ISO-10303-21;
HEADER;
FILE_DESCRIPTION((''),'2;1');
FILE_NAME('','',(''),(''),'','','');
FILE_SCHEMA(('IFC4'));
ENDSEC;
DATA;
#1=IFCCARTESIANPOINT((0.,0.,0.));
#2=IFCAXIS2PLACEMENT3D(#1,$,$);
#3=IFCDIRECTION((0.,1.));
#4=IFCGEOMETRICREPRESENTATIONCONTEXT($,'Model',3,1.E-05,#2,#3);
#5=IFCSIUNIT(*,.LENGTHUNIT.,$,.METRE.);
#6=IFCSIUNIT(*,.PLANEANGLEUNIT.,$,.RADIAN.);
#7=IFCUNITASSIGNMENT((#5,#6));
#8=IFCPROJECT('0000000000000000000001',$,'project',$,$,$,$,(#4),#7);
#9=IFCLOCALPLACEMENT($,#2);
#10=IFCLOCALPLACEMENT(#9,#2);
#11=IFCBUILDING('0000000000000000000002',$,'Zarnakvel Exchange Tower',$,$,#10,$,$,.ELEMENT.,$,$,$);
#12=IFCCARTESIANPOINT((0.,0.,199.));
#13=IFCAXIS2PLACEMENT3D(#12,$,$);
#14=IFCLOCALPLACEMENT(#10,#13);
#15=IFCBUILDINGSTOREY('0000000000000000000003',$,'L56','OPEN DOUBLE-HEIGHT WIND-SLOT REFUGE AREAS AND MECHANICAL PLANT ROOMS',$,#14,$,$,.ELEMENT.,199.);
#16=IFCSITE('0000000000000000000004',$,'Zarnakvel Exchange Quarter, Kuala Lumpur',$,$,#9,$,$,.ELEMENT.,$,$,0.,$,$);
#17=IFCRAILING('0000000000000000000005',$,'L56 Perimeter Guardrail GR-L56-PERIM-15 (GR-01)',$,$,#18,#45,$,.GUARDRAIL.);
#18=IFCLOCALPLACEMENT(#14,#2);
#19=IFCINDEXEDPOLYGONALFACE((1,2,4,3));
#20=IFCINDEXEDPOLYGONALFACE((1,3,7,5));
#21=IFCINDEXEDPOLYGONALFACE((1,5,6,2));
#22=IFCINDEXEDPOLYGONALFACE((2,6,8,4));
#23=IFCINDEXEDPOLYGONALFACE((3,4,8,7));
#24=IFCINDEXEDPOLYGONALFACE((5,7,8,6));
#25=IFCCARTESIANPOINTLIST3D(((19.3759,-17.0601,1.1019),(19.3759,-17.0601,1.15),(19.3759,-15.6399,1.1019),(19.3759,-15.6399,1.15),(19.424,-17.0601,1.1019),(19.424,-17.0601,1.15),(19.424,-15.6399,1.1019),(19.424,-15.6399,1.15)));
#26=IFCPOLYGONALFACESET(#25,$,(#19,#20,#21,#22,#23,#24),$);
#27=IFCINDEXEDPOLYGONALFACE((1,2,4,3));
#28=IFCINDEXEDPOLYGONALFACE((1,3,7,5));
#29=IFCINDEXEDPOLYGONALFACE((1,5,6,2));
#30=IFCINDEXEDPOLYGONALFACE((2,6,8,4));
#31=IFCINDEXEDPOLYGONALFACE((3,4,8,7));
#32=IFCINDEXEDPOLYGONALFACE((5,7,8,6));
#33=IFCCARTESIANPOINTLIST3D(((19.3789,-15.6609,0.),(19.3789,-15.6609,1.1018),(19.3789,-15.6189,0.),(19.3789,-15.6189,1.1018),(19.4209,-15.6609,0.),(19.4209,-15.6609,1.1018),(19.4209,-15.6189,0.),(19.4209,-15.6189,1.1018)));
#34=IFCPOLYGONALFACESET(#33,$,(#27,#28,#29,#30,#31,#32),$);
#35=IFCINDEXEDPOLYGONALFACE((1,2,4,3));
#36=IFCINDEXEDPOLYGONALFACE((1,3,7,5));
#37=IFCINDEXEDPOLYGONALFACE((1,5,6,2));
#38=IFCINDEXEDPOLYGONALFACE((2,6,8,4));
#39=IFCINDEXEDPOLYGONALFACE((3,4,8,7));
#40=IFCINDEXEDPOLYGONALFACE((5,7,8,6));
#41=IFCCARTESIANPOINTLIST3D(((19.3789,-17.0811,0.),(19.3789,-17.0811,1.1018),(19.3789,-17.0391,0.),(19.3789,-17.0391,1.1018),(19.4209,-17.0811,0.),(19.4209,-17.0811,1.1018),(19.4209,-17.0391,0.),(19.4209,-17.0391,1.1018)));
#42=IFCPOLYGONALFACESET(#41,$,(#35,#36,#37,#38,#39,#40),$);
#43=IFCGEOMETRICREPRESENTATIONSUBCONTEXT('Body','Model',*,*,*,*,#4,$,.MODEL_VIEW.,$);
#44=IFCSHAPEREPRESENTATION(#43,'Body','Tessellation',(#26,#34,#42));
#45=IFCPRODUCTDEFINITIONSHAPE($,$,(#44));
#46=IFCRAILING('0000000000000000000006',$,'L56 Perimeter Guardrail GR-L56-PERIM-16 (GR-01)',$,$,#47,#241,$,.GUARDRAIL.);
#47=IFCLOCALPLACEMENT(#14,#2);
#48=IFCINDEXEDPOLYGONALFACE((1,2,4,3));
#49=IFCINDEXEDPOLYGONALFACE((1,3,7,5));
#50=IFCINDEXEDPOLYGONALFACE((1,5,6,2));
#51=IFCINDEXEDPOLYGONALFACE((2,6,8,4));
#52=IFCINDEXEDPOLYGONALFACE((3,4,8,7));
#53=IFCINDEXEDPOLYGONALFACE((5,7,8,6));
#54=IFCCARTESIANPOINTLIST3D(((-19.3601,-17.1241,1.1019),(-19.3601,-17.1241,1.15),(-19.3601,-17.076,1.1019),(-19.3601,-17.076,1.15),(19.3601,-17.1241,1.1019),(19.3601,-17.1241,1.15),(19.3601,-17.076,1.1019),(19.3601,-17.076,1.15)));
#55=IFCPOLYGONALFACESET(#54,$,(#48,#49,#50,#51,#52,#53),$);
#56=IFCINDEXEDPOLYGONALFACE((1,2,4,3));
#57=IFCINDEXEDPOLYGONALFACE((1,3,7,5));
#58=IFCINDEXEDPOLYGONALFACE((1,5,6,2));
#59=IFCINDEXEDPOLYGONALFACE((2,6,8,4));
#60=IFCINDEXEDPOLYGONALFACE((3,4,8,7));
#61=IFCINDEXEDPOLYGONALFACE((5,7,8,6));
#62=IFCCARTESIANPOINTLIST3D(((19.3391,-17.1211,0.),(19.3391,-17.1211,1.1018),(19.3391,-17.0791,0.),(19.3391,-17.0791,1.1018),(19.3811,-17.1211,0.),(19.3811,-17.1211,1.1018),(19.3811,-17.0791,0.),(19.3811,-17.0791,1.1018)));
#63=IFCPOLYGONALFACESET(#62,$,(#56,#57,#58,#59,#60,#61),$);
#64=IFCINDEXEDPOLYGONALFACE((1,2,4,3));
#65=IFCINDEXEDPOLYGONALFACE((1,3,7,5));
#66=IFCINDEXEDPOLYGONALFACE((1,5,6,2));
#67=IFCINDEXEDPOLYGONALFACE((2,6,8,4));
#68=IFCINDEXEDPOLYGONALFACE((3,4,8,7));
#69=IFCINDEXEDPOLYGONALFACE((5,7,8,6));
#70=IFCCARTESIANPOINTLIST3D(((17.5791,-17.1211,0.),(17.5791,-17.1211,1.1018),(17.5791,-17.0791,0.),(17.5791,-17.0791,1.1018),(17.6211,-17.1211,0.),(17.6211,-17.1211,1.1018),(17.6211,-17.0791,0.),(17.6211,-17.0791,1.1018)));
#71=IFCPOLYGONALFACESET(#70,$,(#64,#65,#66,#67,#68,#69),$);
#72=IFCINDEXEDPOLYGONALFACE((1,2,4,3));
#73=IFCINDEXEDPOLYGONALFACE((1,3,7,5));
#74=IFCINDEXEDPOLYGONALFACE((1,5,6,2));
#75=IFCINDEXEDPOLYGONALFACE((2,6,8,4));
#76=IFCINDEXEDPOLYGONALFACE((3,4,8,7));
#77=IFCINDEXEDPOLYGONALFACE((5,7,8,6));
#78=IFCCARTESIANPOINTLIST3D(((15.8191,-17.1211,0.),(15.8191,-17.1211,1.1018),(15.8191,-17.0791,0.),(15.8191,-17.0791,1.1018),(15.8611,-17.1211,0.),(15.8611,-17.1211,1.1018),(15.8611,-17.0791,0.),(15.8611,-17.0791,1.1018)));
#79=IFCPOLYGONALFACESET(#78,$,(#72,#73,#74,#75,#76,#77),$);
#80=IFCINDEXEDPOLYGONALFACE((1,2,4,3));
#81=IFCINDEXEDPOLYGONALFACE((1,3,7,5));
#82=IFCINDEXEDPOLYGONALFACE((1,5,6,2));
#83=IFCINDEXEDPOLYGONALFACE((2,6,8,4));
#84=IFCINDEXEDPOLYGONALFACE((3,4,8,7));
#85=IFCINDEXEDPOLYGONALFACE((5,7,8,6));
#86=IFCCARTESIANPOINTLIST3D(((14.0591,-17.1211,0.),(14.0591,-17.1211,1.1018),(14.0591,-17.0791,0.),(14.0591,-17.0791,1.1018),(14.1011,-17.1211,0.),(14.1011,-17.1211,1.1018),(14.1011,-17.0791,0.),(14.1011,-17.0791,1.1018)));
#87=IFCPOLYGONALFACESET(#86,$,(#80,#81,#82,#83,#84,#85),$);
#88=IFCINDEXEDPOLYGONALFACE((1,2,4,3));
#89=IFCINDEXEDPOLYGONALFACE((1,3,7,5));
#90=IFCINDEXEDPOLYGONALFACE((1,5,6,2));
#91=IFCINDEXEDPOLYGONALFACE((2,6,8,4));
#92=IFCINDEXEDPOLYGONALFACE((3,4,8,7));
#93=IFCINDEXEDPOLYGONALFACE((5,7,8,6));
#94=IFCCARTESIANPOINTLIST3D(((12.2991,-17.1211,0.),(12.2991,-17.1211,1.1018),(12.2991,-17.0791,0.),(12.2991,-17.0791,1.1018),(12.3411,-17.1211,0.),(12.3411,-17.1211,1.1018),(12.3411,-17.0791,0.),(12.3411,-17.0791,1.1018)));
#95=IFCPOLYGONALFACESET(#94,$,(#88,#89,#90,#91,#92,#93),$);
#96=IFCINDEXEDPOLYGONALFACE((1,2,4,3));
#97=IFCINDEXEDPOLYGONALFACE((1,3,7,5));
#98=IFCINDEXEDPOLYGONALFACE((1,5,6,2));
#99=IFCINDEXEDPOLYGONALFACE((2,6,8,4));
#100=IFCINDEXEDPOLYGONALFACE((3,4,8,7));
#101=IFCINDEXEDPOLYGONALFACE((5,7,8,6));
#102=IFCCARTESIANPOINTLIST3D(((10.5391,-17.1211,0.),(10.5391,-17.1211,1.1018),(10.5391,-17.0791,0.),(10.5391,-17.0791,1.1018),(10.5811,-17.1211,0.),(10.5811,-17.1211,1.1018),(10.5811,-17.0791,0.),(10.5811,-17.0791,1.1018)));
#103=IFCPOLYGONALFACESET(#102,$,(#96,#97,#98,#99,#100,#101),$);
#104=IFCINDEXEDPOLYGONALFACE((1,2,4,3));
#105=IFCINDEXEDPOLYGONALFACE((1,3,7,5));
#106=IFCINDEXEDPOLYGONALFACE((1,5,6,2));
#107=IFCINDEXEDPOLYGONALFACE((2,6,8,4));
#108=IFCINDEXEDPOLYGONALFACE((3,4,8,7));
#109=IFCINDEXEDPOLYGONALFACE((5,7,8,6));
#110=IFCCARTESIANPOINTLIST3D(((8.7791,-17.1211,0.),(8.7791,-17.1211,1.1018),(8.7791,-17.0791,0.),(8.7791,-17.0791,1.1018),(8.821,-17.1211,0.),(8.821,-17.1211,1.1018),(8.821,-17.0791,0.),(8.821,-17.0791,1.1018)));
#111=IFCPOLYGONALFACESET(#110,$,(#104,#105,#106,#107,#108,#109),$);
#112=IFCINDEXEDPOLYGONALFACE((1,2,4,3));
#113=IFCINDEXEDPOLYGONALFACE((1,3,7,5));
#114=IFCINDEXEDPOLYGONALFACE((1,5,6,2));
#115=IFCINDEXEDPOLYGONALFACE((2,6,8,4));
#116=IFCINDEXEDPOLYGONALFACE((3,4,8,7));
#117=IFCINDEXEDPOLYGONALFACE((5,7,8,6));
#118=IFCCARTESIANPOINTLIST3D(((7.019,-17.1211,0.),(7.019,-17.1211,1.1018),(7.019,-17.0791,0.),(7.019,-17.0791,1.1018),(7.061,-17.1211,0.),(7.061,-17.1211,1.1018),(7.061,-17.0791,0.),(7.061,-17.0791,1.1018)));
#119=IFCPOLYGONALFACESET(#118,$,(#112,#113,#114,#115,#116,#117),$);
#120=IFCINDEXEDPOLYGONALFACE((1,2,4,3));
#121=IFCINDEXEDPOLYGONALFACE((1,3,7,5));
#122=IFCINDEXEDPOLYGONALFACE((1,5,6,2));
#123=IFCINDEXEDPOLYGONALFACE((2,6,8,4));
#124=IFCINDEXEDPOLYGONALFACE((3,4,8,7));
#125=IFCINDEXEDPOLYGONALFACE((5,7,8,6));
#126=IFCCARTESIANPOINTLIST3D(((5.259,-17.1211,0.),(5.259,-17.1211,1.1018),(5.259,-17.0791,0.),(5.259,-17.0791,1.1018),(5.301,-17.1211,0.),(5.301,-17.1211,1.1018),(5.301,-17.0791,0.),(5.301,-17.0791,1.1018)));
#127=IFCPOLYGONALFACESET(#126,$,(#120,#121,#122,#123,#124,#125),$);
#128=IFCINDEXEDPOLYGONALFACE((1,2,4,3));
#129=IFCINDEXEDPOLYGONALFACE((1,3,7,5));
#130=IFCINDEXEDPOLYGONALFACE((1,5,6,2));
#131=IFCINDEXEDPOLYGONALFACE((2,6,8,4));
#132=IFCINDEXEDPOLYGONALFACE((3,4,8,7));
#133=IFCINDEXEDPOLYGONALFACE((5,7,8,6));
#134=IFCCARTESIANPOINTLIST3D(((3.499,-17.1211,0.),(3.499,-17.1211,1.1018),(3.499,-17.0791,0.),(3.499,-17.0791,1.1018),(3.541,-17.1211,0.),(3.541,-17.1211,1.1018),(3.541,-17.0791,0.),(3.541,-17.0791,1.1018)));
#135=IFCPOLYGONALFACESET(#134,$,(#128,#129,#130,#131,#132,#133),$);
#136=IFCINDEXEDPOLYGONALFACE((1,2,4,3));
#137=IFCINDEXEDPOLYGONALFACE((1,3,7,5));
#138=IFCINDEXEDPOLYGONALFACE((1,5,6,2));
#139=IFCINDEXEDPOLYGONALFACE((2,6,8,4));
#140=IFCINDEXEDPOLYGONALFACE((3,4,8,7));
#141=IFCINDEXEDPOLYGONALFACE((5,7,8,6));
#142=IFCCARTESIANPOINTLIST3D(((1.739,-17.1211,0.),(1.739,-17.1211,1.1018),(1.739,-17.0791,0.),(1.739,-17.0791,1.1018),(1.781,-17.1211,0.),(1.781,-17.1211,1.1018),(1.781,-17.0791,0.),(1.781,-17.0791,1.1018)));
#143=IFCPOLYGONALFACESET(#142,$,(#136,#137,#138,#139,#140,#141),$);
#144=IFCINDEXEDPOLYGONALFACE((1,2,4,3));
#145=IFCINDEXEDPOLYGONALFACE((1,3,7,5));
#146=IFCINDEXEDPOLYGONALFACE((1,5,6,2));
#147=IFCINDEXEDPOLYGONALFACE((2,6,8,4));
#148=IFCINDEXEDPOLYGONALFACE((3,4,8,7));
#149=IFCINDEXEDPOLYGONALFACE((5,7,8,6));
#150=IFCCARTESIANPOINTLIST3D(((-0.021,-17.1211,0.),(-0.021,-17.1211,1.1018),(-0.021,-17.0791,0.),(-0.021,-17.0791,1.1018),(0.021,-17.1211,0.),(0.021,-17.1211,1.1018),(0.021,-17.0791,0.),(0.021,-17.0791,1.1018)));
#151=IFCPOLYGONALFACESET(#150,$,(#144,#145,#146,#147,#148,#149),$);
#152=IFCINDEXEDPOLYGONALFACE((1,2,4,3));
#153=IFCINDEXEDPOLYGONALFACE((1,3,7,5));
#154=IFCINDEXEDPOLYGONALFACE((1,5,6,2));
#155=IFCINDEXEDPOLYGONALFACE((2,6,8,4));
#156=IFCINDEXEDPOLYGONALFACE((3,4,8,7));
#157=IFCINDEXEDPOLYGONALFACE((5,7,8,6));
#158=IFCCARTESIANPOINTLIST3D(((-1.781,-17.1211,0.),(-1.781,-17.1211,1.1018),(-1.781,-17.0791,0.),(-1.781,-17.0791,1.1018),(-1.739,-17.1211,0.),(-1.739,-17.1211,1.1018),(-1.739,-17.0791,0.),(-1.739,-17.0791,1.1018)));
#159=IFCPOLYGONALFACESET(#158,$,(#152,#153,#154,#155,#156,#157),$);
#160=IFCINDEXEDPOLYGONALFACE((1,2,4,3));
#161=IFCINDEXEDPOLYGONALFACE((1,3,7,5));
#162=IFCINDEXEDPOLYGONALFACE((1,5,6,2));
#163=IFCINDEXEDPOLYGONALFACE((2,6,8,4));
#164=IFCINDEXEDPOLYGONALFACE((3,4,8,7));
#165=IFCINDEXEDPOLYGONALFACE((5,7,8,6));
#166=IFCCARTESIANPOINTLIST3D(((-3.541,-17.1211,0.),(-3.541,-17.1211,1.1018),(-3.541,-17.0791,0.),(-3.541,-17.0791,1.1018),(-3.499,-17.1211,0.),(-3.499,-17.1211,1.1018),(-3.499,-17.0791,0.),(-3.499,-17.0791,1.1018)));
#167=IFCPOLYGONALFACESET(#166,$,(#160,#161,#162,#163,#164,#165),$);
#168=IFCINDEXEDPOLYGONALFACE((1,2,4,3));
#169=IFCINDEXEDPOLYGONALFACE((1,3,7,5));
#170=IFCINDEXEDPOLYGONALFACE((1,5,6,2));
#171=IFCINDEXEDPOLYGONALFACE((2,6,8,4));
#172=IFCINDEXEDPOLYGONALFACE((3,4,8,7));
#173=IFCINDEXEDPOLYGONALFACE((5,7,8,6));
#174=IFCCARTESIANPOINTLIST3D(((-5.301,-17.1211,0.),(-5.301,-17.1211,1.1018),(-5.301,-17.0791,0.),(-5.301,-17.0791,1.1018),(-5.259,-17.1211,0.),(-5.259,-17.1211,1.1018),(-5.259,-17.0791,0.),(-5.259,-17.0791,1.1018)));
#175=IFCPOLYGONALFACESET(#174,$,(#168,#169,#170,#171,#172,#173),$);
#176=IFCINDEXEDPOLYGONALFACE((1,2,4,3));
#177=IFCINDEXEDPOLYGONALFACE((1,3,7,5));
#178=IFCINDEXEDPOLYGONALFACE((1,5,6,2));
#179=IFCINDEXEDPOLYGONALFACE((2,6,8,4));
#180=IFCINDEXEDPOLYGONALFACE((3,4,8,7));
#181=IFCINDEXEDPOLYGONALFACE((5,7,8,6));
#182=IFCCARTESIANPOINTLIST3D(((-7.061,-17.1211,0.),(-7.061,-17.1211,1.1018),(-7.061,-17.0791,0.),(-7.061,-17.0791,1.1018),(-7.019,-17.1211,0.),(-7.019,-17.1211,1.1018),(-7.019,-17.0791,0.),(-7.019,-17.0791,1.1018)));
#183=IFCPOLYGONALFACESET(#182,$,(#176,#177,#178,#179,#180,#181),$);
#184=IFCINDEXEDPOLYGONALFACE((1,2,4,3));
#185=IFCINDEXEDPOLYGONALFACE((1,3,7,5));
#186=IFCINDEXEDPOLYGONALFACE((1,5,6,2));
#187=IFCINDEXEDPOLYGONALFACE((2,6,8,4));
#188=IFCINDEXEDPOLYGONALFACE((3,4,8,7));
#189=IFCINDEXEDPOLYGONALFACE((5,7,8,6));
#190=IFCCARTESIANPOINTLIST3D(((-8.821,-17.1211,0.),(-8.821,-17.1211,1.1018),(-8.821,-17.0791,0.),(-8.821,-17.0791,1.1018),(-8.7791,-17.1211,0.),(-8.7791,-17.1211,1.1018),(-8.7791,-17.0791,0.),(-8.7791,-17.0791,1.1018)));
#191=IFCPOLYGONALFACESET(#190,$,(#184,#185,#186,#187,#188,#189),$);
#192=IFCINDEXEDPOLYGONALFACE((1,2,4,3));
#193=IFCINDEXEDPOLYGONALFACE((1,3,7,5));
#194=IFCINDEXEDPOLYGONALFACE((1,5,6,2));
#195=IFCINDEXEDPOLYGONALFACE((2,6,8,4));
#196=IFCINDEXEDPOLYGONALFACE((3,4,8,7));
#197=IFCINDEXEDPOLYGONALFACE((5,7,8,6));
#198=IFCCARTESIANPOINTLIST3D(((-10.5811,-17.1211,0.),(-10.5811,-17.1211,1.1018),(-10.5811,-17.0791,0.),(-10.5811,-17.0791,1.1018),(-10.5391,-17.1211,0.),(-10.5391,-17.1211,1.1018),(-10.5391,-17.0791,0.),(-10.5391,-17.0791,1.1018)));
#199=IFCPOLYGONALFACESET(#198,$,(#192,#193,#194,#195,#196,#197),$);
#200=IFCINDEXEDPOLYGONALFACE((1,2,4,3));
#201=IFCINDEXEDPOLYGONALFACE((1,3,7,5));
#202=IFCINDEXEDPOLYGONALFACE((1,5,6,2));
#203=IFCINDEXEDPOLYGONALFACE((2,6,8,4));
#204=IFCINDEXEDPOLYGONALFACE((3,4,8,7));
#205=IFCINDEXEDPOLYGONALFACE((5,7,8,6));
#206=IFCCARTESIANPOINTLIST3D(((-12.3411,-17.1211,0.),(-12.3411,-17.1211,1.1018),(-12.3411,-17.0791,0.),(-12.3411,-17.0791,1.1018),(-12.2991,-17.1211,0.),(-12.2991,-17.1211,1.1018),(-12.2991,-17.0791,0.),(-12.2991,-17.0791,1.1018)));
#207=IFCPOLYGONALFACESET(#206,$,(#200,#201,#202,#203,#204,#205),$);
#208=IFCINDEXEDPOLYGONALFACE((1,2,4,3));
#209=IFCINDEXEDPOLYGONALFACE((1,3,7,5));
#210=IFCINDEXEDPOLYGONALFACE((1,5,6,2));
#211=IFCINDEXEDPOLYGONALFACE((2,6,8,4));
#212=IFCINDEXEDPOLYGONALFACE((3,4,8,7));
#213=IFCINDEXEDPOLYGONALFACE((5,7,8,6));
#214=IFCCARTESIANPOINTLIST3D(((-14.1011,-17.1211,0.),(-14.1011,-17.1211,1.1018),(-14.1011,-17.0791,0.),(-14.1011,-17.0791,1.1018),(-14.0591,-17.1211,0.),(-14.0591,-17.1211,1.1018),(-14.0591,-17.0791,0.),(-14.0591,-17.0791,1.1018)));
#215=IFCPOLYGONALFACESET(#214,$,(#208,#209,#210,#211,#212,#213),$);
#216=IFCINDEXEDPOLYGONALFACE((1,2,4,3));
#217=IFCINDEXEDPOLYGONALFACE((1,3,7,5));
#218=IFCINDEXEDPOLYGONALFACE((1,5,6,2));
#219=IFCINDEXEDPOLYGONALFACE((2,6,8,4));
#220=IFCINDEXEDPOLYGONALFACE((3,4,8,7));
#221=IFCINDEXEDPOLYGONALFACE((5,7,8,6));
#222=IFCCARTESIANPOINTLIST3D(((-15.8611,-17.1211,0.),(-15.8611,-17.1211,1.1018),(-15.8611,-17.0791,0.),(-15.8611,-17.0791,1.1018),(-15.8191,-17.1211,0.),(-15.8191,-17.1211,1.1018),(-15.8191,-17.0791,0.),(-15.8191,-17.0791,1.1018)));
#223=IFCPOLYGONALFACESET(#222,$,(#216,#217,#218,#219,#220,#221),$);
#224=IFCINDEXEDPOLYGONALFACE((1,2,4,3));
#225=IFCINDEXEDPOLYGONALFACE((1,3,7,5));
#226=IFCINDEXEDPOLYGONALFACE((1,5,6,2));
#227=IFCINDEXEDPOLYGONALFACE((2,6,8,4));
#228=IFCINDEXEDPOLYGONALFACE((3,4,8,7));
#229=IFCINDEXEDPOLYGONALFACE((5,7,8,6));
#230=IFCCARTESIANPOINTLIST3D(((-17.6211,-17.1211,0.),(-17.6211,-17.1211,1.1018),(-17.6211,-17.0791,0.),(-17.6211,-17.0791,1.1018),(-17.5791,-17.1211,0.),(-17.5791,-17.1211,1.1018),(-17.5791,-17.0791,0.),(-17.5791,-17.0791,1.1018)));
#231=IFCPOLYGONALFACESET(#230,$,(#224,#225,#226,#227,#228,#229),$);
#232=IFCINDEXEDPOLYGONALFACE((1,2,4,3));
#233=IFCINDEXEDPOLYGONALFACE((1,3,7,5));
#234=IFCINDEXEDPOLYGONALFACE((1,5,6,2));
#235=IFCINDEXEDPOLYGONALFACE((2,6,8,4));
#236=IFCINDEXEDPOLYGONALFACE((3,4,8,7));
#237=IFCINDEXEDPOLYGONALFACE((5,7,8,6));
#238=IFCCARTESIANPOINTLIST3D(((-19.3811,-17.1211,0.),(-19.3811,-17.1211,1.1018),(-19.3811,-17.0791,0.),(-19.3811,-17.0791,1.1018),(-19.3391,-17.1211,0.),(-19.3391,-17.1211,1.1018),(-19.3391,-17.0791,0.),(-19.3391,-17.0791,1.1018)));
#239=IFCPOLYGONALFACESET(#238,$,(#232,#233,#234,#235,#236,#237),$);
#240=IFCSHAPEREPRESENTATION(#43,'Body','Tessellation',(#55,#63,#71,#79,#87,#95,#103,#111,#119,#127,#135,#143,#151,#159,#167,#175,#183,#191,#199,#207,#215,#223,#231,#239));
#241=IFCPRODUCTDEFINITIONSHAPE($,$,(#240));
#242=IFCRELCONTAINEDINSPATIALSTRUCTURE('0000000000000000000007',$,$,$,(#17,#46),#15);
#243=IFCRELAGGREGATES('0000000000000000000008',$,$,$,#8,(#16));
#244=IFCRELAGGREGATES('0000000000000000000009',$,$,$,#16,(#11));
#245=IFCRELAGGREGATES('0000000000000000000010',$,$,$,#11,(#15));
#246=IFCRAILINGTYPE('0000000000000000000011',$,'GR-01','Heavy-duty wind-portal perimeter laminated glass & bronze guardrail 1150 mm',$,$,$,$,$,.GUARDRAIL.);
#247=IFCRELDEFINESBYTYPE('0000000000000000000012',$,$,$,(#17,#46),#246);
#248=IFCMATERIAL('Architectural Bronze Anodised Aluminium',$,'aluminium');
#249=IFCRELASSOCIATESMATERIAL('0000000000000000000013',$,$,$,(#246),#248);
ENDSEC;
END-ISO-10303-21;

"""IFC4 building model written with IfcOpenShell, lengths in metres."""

from ifc_helpers import new_model, si_unit, direction, frame, origin, origin_2d, place, context, subcontext, project, spatial, rectangle, extrude, material, type_object, element, save


model = new_model("IFC4")

# Units and contexts
model_context = context("Model", 3, precision=1e-05, world=origin(), true_north=direction((0.0, 1.0)))
body_context = subcontext(model_context, "Body", "Model", "MODEL_VIEW")
ifc_project = project(units=[si_unit("LENGTHUNIT", "METRE"), si_unit("PLANEANGLEUNIT", "RADIAN")], contexts=[model_context])

# Site, building, storey
site_placement = place(None, origin())
site = spatial("IfcSite", under=ifc_project, at=site_placement, Name="Zarnakvel Exchange Quarter, Kuala Lumpur", CompositionType="ELEMENT", RefElevation=0.0)
building_placement = place(site_placement, origin())
building = spatial("IfcBuilding", under=site, at=building_placement, Name="Zarnakvel Exchange Tower", CompositionType="ELEMENT")
storey_placement = place(building_placement, frame((0.0, 0.0, 199.0)))
storey = spatial("IfcBuildingStorey", under=building, at=storey_placement, Name="L56", Description="OPEN DOUBLE-HEIGHT WIND-SLOT REFUGE AREAS AND MECHANICAL PLANT ROOMS", CompositionType="ELEMENT", Elevation=199.0)

# Railings
ifc_material_1 = material(Name="Architectural Bronze Anodised Aluminium", Category="aluminium")
railing_type = type_object("IfcRailingType", Name="GR-01", Description="Heavy-duty wind-portal perimeter laminated glass & bronze guardrail 1150 mm", PredefinedType="GUARDRAIL", material=ifc_material_1)
railing_1_placement = place(storey_placement, frame((19.3999, -15.6399, 0.0)))
element("IfcRailing", 1, at=railing_1_placement, inside=storey, type_object=railing_type, Name="L56 Perimeter Guardrail GR-L56-PERIM-15 (GR-01)", PredefinedType="GUARDRAIL", context=body_context, shape_type="SweptSolid", body=[
    extrude(rectangle(XDim=0.0481, YDim=0.0481, at=origin_2d()), frame((0.0, 0.0, 1.126), z_axis=(0.0, -1.0, 0.0), x_axis=(1.0, 0.0, 0.0)), (0.0, 0.0, 1.0), 1.4202),
    extrude(rectangle(XDim=0.042, YDim=0.042, at=origin_2d()), origin(), (0.0, 0.0, 1.0), 1.1018),
    extrude(rectangle(XDim=0.042, YDim=0.042, at=origin_2d()), frame((0.0, -1.4202, 0.0)), (0.0, 0.0, 1.0), 1.1018),
])
railing_2_placement = place(storey_placement, frame((19.3601, -17.1001, 0.0)))
element("IfcRailing", 2, at=railing_2_placement, inside=storey, type_object=railing_type, Name="L56 Perimeter Guardrail GR-L56-PERIM-16 (GR-01)", PredefinedType="GUARDRAIL", context=body_context, shape_type="SweptSolid", body=[
    extrude(rectangle(XDim=0.0481, YDim=0.0481, at=origin_2d()), frame((0.0, 0.0, 1.126), z_axis=(-1.0, 0.0, 0.0), x_axis=(0.0, -1.0, 0.0)), (0.0, 0.0, 1.0), 38.7202),
    extrude(rectangle(XDim=0.042, YDim=0.042, at=origin_2d()), origin(), (0.0, 0.0, 1.0), 1.1018),
    extrude(rectangle(XDim=0.042, YDim=0.042, at=origin_2d()), frame((-1.76, 0.0, 0.0)), (0.0, 0.0, 1.0), 1.1018),
    extrude(rectangle(XDim=0.042, YDim=0.042, at=origin_2d()), frame((-3.52, 0.0, 0.0)), (0.0, 0.0, 1.0), 1.1018),
    extrude(rectangle(XDim=0.042, YDim=0.042, at=origin_2d()), frame((-5.28, 0.0, 0.0)), (0.0, 0.0, 1.0), 1.1018),
    extrude(rectangle(XDim=0.042, YDim=0.042, at=origin_2d()), frame((-7.04, 0.0, 0.0)), (0.0, 0.0, 1.0), 1.1018),
    extrude(rectangle(XDim=0.042, YDim=0.042, at=origin_2d()), frame((-8.8, 0.0, 0.0)), (0.0, 0.0, 1.0), 1.1018),
    extrude(rectangle(XDim=0.042, YDim=0.042, at=origin_2d()), frame((-10.5601, 0.0, 0.0)), (0.0, 0.0, 1.0), 1.1018),
    extrude(rectangle(XDim=0.042, YDim=0.042, at=origin_2d()), frame((-12.3201, 0.0, 0.0)), (0.0, 0.0, 1.0), 1.1018),
    extrude(rectangle(XDim=0.042, YDim=0.042, at=origin_2d()), frame((-14.0801, 0.0, 0.0)), (0.0, 0.0, 1.0), 1.1018),
    extrude(rectangle(XDim=0.042, YDim=0.042, at=origin_2d()), frame((-15.8401, 0.0, 0.0)), (0.0, 0.0, 1.0), 1.1018),
    extrude(rectangle(XDim=0.042, YDim=0.042, at=origin_2d()), frame((-17.6001, 0.0, 0.0)), (0.0, 0.0, 1.0), 1.1018),
    extrude(rectangle(XDim=0.042, YDim=0.042, at=origin_2d()), frame((-19.3601, 0.0, 0.0)), (0.0, 0.0, 1.0), 1.1018),
    extrude(rectangle(XDim=0.042, YDim=0.042, at=origin_2d()), frame((-21.1201, 0.0, 0.0)), (0.0, 0.0, 1.0), 1.1018),
    extrude(rectangle(XDim=0.042, YDim=0.042, at=origin_2d()), frame((-22.8801, 0.0, 0.0)), (0.0, 0.0, 1.0), 1.1018),
    extrude(rectangle(XDim=0.042, YDim=0.042, at=origin_2d()), frame((-24.6401, 0.0, 0.0)), (0.0, 0.0, 1.0), 1.1018),
    extrude(rectangle(XDim=0.042, YDim=0.042, at=origin_2d()), frame((-26.4001, 0.0, 0.0)), (0.0, 0.0, 1.0), 1.1018),
    extrude(rectangle(XDim=0.042, YDim=0.042, at=origin_2d()), frame((-28.1602, 0.0, 0.0)), (0.0, 0.0, 1.0), 1.1018),
    extrude(rectangle(XDim=0.042, YDim=0.042, at=origin_2d()), frame((-29.9202, 0.0, 0.0)), (0.0, 0.0, 1.0), 1.1018),
    extrude(rectangle(XDim=0.042, YDim=0.042, at=origin_2d()), frame((-31.6802, 0.0, 0.0)), (0.0, 0.0, 1.0), 1.1018),
    extrude(rectangle(XDim=0.042, YDim=0.042, at=origin_2d()), frame((-33.4402, 0.0, 0.0)), (0.0, 0.0, 1.0), 1.1018),
    extrude(rectangle(XDim=0.042, YDim=0.042, at=origin_2d()), frame((-35.2002, 0.0, 0.0)), (0.0, 0.0, 1.0), 1.1018),
    extrude(rectangle(XDim=0.042, YDim=0.042, at=origin_2d()), frame((-36.9602, 0.0, 0.0)), (0.0, 0.0, 1.0), 1.1018),
    extrude(rectangle(XDim=0.042, YDim=0.042, at=origin_2d()), frame((-38.7202, 0.0, 0.0)), (0.0, 0.0, 1.0), 1.1018),
])

save(model, "model.ifc")
